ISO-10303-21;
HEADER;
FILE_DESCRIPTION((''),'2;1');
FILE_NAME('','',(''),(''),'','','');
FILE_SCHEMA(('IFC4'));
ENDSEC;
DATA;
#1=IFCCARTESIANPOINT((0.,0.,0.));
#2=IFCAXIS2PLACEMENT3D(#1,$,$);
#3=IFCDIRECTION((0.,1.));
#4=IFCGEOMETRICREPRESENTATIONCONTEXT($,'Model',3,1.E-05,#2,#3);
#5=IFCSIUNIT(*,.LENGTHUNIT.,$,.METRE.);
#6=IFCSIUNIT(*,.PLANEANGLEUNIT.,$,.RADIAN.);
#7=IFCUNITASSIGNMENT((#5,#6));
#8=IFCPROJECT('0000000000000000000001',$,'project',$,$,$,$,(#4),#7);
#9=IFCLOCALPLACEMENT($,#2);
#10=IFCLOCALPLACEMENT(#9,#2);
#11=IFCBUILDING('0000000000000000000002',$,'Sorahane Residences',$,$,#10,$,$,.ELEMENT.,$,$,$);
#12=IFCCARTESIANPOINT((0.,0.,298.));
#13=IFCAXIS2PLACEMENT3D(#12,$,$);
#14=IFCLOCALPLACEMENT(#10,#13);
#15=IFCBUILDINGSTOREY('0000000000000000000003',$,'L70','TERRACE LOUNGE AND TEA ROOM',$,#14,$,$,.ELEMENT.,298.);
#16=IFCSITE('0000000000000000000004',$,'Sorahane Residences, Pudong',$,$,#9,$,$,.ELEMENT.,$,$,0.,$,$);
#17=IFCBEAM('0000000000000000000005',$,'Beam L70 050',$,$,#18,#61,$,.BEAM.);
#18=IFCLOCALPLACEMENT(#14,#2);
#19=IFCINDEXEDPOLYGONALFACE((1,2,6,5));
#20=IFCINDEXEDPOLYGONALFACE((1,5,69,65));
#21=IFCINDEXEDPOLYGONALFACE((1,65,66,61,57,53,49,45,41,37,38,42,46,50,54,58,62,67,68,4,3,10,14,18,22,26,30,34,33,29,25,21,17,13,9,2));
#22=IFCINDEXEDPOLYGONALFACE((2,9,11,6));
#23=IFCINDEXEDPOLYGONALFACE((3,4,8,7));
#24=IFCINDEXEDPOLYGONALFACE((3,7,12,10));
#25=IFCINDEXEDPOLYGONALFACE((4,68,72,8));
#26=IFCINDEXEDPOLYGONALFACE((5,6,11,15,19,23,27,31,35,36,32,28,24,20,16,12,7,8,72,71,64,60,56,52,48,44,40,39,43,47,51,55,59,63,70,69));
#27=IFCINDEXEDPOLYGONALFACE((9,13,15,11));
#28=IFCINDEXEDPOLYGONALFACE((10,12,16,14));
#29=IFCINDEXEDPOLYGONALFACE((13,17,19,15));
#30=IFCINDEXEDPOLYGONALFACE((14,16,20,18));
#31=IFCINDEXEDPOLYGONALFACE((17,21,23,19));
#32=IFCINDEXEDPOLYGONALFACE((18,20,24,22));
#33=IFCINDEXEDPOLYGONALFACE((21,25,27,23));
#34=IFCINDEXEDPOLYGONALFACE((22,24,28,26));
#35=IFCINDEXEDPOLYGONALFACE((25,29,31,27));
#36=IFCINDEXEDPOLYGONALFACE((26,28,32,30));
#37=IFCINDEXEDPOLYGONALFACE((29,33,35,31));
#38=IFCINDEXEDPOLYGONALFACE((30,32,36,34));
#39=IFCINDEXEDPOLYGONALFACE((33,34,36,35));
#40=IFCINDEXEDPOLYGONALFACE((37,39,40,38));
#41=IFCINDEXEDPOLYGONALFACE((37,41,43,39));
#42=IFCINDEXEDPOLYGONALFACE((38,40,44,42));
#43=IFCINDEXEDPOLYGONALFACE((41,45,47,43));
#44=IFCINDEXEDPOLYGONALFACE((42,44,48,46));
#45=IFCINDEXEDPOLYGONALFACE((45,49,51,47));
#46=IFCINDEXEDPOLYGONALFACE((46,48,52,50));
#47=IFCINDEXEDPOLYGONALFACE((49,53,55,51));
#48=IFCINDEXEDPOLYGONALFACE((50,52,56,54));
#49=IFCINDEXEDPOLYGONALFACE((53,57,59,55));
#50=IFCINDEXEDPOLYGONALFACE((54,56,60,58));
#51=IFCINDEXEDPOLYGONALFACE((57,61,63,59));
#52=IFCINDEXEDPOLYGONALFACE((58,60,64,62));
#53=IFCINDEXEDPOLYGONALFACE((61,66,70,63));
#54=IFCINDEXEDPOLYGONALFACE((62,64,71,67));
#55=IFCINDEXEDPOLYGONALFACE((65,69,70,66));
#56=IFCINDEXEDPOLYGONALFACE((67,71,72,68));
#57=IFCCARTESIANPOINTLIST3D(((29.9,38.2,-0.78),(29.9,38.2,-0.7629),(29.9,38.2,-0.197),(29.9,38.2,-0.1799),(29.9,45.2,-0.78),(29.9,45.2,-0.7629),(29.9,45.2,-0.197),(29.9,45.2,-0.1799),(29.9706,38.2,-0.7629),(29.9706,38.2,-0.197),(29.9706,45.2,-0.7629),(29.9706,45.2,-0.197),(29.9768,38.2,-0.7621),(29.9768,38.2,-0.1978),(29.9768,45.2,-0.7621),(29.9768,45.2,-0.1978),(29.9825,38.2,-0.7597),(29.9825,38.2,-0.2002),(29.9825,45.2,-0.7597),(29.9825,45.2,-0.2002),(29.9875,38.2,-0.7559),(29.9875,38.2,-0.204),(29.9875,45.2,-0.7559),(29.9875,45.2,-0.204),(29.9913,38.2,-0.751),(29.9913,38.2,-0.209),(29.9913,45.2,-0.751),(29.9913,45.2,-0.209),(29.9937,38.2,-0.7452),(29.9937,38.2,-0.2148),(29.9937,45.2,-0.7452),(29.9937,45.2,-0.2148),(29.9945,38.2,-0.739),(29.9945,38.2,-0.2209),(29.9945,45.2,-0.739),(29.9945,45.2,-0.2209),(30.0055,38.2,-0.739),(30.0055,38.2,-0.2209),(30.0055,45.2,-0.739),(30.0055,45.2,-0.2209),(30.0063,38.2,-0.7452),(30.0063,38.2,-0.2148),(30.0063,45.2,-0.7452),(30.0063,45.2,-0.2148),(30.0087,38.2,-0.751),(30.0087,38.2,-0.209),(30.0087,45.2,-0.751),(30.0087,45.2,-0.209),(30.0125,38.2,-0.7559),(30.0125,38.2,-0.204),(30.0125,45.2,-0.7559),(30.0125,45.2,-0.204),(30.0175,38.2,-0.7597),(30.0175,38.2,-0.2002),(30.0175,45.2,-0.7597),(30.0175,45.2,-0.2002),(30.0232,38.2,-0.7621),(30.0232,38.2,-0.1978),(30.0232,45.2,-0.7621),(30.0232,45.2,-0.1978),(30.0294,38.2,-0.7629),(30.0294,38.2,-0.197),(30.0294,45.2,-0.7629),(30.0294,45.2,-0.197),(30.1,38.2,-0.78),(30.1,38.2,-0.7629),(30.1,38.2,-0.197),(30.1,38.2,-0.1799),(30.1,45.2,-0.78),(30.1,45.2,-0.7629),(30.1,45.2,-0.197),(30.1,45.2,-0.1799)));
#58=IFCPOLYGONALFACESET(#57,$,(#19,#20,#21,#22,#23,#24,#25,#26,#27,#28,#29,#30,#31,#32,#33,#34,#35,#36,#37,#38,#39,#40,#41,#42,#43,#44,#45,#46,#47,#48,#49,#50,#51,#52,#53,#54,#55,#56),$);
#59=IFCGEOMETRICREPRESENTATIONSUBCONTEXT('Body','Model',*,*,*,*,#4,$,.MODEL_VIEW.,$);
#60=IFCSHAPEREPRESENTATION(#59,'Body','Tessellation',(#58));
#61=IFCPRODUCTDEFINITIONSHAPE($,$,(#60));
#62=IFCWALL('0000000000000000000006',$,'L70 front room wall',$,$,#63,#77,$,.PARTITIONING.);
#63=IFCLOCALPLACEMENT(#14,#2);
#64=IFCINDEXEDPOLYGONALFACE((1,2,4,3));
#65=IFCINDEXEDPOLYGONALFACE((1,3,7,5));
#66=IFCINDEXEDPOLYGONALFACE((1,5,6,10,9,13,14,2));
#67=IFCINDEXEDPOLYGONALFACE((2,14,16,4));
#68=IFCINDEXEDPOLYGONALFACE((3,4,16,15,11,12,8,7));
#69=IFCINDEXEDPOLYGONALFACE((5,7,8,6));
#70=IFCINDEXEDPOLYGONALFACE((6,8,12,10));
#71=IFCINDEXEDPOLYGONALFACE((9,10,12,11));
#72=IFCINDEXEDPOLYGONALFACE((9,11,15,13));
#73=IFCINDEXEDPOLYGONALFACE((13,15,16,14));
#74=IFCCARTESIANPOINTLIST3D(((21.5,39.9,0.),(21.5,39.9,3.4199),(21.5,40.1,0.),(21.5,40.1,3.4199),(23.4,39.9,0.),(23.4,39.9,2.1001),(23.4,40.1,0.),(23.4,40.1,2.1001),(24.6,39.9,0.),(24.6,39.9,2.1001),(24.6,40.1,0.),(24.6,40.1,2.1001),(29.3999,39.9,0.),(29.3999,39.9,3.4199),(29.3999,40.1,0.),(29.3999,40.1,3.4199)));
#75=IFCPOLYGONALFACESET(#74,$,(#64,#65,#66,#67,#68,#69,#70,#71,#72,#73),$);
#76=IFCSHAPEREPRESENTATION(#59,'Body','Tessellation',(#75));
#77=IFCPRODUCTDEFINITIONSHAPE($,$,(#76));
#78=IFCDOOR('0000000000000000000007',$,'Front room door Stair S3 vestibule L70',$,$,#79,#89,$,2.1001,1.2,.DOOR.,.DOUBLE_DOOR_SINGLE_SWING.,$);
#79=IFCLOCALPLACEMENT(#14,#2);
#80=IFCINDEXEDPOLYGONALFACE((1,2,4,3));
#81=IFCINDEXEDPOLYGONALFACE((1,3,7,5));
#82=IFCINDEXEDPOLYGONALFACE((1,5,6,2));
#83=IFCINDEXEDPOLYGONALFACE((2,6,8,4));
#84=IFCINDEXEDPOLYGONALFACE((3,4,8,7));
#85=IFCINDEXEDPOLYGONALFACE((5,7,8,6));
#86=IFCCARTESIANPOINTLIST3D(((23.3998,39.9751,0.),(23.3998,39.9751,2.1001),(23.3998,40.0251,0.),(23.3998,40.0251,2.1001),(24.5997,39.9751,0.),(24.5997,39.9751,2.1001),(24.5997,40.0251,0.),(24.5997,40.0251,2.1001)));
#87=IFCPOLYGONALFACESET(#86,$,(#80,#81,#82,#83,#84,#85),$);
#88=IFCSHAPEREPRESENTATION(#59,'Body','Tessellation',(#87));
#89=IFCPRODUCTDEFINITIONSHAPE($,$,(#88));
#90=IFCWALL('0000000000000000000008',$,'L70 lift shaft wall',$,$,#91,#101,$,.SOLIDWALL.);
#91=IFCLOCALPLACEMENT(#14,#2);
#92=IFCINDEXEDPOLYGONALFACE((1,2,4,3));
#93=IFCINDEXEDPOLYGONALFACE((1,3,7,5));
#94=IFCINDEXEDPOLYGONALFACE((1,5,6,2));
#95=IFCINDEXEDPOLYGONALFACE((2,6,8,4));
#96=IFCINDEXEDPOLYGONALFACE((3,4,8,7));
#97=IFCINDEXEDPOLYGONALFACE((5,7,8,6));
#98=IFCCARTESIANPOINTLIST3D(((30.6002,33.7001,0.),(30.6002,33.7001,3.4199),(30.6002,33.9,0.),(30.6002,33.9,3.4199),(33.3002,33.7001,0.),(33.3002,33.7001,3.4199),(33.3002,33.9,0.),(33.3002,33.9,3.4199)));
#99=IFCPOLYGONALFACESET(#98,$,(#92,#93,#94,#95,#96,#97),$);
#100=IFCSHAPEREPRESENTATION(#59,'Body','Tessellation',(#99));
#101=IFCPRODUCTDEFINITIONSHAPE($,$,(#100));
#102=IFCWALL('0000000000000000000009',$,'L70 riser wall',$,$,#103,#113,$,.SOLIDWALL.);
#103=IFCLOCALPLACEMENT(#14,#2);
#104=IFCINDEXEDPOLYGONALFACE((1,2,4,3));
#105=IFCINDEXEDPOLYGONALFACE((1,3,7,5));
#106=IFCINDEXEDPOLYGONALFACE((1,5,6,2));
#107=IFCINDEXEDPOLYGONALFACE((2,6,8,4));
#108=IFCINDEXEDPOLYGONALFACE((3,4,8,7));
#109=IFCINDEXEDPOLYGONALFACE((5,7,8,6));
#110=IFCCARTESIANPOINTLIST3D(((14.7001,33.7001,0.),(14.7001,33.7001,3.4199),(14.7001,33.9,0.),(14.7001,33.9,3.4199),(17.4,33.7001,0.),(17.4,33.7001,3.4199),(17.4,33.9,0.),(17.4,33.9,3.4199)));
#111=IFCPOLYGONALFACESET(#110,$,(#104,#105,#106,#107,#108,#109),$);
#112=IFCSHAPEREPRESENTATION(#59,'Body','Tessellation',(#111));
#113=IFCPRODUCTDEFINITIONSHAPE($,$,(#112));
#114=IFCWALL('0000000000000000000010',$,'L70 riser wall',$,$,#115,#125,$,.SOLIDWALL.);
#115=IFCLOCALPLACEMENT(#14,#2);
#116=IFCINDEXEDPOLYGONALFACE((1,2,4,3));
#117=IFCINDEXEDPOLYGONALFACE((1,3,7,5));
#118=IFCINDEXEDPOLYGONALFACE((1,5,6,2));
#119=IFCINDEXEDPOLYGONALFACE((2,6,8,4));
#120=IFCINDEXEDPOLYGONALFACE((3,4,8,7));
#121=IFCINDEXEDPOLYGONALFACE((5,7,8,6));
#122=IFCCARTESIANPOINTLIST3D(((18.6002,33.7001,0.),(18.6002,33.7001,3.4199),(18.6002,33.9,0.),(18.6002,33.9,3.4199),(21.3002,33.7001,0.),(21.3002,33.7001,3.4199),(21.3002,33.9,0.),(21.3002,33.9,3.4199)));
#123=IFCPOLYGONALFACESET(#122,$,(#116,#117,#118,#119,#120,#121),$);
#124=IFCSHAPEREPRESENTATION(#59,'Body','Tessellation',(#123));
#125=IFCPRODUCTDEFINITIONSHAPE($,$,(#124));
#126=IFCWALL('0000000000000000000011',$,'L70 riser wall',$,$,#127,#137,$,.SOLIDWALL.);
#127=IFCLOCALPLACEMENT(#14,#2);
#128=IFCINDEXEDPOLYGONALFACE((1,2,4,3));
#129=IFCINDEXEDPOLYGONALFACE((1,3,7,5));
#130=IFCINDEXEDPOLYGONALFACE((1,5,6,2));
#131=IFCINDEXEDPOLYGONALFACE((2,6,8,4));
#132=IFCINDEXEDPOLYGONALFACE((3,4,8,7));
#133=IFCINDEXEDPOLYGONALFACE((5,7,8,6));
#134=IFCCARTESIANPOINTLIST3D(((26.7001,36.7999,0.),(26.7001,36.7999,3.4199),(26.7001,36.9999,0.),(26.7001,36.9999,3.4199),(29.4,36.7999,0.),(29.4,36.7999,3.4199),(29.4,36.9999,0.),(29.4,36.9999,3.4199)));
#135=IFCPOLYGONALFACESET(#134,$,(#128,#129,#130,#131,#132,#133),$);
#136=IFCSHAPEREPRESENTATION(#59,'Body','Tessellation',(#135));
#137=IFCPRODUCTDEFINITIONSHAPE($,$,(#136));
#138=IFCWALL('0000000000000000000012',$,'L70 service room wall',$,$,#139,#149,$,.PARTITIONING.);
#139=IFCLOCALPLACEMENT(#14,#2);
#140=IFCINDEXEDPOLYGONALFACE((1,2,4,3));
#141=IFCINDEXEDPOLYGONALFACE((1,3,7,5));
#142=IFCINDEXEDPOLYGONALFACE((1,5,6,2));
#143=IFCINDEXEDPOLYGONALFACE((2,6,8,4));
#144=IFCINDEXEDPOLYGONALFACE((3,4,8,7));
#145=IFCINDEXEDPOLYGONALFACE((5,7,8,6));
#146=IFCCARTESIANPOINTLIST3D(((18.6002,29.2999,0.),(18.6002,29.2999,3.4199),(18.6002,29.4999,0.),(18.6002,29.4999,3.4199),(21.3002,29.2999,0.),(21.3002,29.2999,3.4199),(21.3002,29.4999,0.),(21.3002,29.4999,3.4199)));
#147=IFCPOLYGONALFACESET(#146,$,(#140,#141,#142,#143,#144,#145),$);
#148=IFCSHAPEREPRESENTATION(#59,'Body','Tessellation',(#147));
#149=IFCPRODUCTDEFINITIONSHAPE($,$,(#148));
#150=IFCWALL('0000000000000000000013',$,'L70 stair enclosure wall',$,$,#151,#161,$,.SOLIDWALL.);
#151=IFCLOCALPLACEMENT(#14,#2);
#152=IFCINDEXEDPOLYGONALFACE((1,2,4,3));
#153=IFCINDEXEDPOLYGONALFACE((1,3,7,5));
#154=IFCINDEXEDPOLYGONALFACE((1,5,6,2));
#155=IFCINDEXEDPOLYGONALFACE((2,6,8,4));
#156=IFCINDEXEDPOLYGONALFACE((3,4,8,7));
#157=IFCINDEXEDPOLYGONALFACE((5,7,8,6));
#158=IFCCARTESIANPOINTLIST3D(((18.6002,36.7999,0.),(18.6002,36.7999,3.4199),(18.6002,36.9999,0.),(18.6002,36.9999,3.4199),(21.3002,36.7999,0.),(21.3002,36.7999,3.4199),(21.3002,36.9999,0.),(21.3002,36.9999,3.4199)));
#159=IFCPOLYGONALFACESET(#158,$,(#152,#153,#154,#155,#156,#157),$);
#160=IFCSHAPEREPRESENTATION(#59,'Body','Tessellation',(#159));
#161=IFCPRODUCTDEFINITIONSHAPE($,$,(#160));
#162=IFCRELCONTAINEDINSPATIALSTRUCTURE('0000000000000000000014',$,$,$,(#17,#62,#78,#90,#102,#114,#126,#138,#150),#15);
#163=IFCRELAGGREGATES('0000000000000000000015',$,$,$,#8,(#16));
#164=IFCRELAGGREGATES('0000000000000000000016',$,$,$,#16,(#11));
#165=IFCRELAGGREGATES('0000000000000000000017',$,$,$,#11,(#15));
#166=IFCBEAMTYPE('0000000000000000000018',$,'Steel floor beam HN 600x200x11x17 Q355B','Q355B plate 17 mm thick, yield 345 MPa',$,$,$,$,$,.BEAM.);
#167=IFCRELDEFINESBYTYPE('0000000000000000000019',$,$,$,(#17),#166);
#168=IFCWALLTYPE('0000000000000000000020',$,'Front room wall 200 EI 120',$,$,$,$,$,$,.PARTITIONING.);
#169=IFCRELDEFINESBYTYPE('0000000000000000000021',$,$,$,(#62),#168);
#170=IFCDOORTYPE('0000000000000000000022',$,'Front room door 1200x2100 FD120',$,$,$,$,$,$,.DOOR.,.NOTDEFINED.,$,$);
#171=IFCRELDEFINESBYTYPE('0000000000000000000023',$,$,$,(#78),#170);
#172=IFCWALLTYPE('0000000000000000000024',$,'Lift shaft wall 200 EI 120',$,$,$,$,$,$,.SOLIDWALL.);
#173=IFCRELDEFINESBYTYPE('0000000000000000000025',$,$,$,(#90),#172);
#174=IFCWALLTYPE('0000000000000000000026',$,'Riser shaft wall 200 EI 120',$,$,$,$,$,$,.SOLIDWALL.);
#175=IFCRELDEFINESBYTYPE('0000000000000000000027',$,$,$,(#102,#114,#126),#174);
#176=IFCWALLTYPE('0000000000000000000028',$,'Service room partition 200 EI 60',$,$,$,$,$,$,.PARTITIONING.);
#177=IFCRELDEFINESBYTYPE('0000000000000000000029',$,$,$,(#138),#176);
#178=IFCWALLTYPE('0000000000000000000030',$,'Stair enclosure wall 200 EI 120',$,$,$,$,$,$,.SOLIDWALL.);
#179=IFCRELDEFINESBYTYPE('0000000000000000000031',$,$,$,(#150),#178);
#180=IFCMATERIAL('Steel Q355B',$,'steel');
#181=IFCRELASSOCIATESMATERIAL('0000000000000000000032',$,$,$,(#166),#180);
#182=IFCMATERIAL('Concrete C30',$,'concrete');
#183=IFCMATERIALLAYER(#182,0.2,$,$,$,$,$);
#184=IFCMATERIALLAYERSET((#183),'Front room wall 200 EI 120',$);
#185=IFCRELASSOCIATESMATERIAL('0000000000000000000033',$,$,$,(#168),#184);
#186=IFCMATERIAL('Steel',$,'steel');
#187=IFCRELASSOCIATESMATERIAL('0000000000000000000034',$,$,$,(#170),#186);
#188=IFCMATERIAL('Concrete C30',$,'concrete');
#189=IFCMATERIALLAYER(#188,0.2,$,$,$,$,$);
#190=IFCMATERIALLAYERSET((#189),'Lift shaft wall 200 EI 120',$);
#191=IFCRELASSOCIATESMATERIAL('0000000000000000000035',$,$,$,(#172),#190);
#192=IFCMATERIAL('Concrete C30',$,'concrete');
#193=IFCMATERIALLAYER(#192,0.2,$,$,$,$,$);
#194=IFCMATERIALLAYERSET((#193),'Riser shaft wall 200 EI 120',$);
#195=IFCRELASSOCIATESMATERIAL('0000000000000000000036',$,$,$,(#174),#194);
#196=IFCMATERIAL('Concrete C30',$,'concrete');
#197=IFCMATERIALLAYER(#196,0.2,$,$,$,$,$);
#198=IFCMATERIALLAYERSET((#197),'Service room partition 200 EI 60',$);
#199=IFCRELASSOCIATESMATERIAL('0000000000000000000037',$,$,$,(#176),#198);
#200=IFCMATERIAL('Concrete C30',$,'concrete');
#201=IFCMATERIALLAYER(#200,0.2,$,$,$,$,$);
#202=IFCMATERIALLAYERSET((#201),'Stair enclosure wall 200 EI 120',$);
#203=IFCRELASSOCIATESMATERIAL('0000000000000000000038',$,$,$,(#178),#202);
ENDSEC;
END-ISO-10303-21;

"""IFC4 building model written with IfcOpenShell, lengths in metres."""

from ifc_helpers import new_model, si_unit, direction, frame, frame_2d, origin, origin_2d, place, context, subcontext, project, spatial, rectangle, i_section, extrude, material, layer, layer_set, material_profile, profile_set, type_object, element, fill, save


model = new_model("IFC4")

# Units and contexts
model_context = context("Model", 3, precision=1e-05, world=origin(), true_north=direction((0.0, 1.0)))
body_context = subcontext(model_context, "Body", "Model", "MODEL_VIEW")
ifc_project = project(units=[si_unit("LENGTHUNIT", "METRE"), si_unit("PLANEANGLEUNIT", "RADIAN")], contexts=[model_context])

# Site, building, storey
site_placement = place(None, origin())
site = spatial("IfcSite", under=ifc_project, at=site_placement, Name="Sorahane Residences, Pudong", CompositionType="ELEMENT", RefElevation=0.0)
building_placement = place(site_placement, origin())
building = spatial("IfcBuilding", under=site, at=building_placement, Name="Sorahane Residences", CompositionType="ELEMENT")
storey_placement = place(building_placement, frame((0.0, 0.0, 298.0)))
storey = spatial("IfcBuildingStorey", under=building, at=storey_placement, Name="L70", Description="TERRACE LOUNGE AND TEA ROOM", CompositionType="ELEMENT", Elevation=298.0)

# Beam
ifc_material_1 = material(Name="Steel Q355B", Category="steel")
ifc_material_profile_1 = material_profile(ifc_material_1, i_section(OverallWidth=0.2, OverallDepth=0.6001, WebThickness=0.011, FlangeThickness=0.0171, FilletRadius=0.0239, at=origin_2d()), Name="HN 600x200x11x17")
ifc_profile_set_1 = profile_set([ifc_material_profile_1], Name="Steel Q355B")
beam_type_1 = type_object("IfcBeamType", Name="Steel floor beam HN 600x200x11x17 Q355B", Description="Q355B plate 17 mm thick, yield 345 MPa", PredefinedType="BEAM", material=ifc_profile_set_1)
for number, where, z_axis, x_axis, name in (
    (1, (30.0, 38.2, -0.48), (0.0, 1.0, 0.0), (-1.0, 0.0, 0.0), "Beam L70 050"),
):
    element("IfcBeam", number, at=place(storey_placement, frame(where, z_axis=z_axis, x_axis=x_axis)), inside=storey, type_object=beam_type_1, Name=name, PredefinedType="BEAM", context=body_context, shape_type="SweptSolid", body=[
        extrude(i_section(OverallWidth=0.2, OverallDepth=0.6001, WebThickness=0.011, FlangeThickness=0.0171, FilletRadius=0.0239, at=origin_2d()), origin(), (0.0, 0.0, 1.0), 7.0),
    ])

# Wall, opening, door
ifc_material_2 = material(Name="Concrete C30", Category="concrete")
ifc_layer_1 = layer(ifc_material_2, 0.2)
ifc_layer_set_1 = layer_set([ifc_layer_1], Name="Front room wall 200 EI 120")
wall_type_1 = type_object("IfcWallType", Name="Front room wall 200 EI 120", PredefinedType="PARTITIONING", material=ifc_layer_set_1)
wall_1_placement = place(storey_placement, frame((21.5, 40.0, 0.0), z_axis=(0.0, 0.0, 1.0), x_axis=(1.0, 0.0, 0.0)))
wall_1 = element("IfcWall", 2, at=wall_1_placement, inside=storey, type_object=wall_type_1, Name="L70 front room wall", PredefinedType="PARTITIONING", context=body_context, shape_type="SweptSolid", body=[
    extrude(rectangle(XDim=7.8999, YDim=0.2, at=frame_2d((3.95, 0.0))), origin(), (0.0, 0.0, 1.0), 3.4199),
])
opening_placement = place(wall_1_placement, frame((1.8999, 0.0, 0.0)))
opening = element("IfcOpeningElement", 3, at=opening_placement, cuts=wall_1, PredefinedType="OPENING", context=body_context, shape_type="SweptSolid", body=[
    extrude(rectangle(XDim=1.2, YDim=2.1001, at=frame_2d((0.6001, 1.05))), frame((0.0, 0.1099, 0.0), z_axis=(0.0, -1.0, 0.0), x_axis=(1.0, 0.0, 0.0)), (0.0, 0.0, 1.0), 0.22),
])
ifc_material_3 = material(Name="Steel", Category="steel")
door_type = type_object("IfcDoorType", Name="Front room door 1200x2100 FD120", OperationType="NOTDEFINED", PredefinedType="DOOR", material=ifc_material_3)
door_placement = place(opening_placement, frame((1.2, 0.0, 0.0), z_axis=(0.0, 0.0, 1.0), x_axis=(-1.0, 0.0, 0.0)))
door = element("IfcDoor", 4, at=door_placement, inside=storey, type_object=door_type, Name="Front room door Stair S3 vestibule L70", OperationType="DOUBLE_DOOR_SINGLE_SWING", OverallHeight=2.1001, OverallWidth=1.2, PredefinedType="DOOR", context=body_context, shape_type="SweptSolid", body=[
    extrude(rectangle(XDim=1.2, YDim=2.1001, at=frame_2d((0.6001, 1.05))), frame((0.0, 0.0249, 0.0), z_axis=(0.0, -1.0, 0.0), x_axis=(1.0, 0.0, 0.0)), (0.0, 0.0, 1.0), 0.05),
])
fill(opening, door)

# Walls
ifc_material_4 = material(Name="Concrete C30", Category="concrete")
ifc_layer_2 = layer(ifc_material_4, 0.2)
ifc_layer_set_2 = layer_set([ifc_layer_2], Name="Lift shaft wall 200 EI 120")
wall_type_2 = type_object("IfcWallType", Name="Lift shaft wall 200 EI 120", PredefinedType="SOLIDWALL", material=ifc_layer_set_2)
wall_2_placement = place(storey_placement, frame((30.6001, 33.8, 0.0), z_axis=(0.0, 0.0, 1.0), x_axis=(1.0, 0.0, 0.0)))
element("IfcWall", 5, at=wall_2_placement, inside=storey, type_object=wall_type_2, Name="L70 lift shaft wall", PredefinedType="SOLIDWALL", context=body_context, shape_type="SweptSolid", body=[
    extrude(rectangle(XDim=2.7, YDim=0.2, at=frame_2d((1.3501, 0.0))), origin(), (0.0, 0.0, 1.0), 3.4199),
])
ifc_material_5 = material(Name="Concrete C30", Category="concrete")
ifc_layer_3 = layer(ifc_material_5, 0.2)
ifc_layer_set_3 = layer_set([ifc_layer_3], Name="Riser shaft wall 200 EI 120")
wall_type_3 = type_object("IfcWallType", Name="Riser shaft wall 200 EI 120", PredefinedType="SOLIDWALL", material=ifc_layer_set_3)
for number, where, z_axis, x_axis, name in (
    (6, (14.7, 33.8, 0.0), (0.0, 0.0, 1.0), (1.0, 0.0, 0.0), "L70 riser wall"),
    (7, (18.6001, 33.8, 0.0), (0.0, 0.0, 1.0), (1.0, 0.0, 0.0), "L70 riser wall"),
    (8, (26.7, 36.8999, 0.0), (0.0, 0.0, 1.0), (1.0, 0.0, 0.0), "L70 riser wall"),
):
    element("IfcWall", number, at=place(storey_placement, frame(where, z_axis=z_axis, x_axis=x_axis)), inside=storey, type_object=wall_type_3, Name=name, PredefinedType="SOLIDWALL", context=body_context, shape_type="SweptSolid", body=[
        extrude(rectangle(XDim=2.7, YDim=0.2, at=frame_2d((1.3501, 0.0))), origin(), (0.0, 0.0, 1.0), 3.4199),
    ])
ifc_material_6 = material(Name="Concrete C30", Category="concrete")
ifc_layer_4 = layer(ifc_material_6, 0.2)
ifc_layer_set_4 = layer_set([ifc_layer_4], Name="Service room partition 200 EI 60")
wall_type_4 = type_object("IfcWallType", Name="Service room partition 200 EI 60", PredefinedType="PARTITIONING", material=ifc_layer_set_4)
wall_3_placement = place(storey_placement, frame((18.6001, 29.3999, 0.0), z_axis=(0.0, 0.0, 1.0), x_axis=(1.0, 0.0, 0.0)))
element("IfcWall", 9, at=wall_3_placement, inside=storey, type_object=wall_type_4, Name="L70 service room wall", PredefinedType="PARTITIONING", context=body_context, shape_type="SweptSolid", body=[
    extrude(rectangle(XDim=2.7, YDim=0.2, at=frame_2d((1.3501, 0.0))), origin(), (0.0, 0.0, 1.0), 3.4199),
])
ifc_material_7 = material(Name="Concrete C30", Category="concrete")
ifc_layer_5 = layer(ifc_material_7, 0.2)
ifc_layer_set_5 = layer_set([ifc_layer_5], Name="Stair enclosure wall 200 EI 120")
wall_type_5 = type_object("IfcWallType", Name="Stair enclosure wall 200 EI 120", PredefinedType="SOLIDWALL", material=ifc_layer_set_5)
wall_4_placement = place(storey_placement, frame((18.6001, 36.8999, 0.0), z_axis=(0.0, 0.0, 1.0), x_axis=(1.0, 0.0, 0.0)))
element("IfcWall", 10, at=wall_4_placement, inside=storey, type_object=wall_type_5, Name="L70 stair enclosure wall", PredefinedType="SOLIDWALL", context=body_context, shape_type="SweptSolid", body=[
    extrude(rectangle(XDim=2.7, YDim=0.2, at=frame_2d((1.3501, 0.0))), origin(), (0.0, 0.0, 1.0), 3.4199),
])

save(model, "model.ifc")
